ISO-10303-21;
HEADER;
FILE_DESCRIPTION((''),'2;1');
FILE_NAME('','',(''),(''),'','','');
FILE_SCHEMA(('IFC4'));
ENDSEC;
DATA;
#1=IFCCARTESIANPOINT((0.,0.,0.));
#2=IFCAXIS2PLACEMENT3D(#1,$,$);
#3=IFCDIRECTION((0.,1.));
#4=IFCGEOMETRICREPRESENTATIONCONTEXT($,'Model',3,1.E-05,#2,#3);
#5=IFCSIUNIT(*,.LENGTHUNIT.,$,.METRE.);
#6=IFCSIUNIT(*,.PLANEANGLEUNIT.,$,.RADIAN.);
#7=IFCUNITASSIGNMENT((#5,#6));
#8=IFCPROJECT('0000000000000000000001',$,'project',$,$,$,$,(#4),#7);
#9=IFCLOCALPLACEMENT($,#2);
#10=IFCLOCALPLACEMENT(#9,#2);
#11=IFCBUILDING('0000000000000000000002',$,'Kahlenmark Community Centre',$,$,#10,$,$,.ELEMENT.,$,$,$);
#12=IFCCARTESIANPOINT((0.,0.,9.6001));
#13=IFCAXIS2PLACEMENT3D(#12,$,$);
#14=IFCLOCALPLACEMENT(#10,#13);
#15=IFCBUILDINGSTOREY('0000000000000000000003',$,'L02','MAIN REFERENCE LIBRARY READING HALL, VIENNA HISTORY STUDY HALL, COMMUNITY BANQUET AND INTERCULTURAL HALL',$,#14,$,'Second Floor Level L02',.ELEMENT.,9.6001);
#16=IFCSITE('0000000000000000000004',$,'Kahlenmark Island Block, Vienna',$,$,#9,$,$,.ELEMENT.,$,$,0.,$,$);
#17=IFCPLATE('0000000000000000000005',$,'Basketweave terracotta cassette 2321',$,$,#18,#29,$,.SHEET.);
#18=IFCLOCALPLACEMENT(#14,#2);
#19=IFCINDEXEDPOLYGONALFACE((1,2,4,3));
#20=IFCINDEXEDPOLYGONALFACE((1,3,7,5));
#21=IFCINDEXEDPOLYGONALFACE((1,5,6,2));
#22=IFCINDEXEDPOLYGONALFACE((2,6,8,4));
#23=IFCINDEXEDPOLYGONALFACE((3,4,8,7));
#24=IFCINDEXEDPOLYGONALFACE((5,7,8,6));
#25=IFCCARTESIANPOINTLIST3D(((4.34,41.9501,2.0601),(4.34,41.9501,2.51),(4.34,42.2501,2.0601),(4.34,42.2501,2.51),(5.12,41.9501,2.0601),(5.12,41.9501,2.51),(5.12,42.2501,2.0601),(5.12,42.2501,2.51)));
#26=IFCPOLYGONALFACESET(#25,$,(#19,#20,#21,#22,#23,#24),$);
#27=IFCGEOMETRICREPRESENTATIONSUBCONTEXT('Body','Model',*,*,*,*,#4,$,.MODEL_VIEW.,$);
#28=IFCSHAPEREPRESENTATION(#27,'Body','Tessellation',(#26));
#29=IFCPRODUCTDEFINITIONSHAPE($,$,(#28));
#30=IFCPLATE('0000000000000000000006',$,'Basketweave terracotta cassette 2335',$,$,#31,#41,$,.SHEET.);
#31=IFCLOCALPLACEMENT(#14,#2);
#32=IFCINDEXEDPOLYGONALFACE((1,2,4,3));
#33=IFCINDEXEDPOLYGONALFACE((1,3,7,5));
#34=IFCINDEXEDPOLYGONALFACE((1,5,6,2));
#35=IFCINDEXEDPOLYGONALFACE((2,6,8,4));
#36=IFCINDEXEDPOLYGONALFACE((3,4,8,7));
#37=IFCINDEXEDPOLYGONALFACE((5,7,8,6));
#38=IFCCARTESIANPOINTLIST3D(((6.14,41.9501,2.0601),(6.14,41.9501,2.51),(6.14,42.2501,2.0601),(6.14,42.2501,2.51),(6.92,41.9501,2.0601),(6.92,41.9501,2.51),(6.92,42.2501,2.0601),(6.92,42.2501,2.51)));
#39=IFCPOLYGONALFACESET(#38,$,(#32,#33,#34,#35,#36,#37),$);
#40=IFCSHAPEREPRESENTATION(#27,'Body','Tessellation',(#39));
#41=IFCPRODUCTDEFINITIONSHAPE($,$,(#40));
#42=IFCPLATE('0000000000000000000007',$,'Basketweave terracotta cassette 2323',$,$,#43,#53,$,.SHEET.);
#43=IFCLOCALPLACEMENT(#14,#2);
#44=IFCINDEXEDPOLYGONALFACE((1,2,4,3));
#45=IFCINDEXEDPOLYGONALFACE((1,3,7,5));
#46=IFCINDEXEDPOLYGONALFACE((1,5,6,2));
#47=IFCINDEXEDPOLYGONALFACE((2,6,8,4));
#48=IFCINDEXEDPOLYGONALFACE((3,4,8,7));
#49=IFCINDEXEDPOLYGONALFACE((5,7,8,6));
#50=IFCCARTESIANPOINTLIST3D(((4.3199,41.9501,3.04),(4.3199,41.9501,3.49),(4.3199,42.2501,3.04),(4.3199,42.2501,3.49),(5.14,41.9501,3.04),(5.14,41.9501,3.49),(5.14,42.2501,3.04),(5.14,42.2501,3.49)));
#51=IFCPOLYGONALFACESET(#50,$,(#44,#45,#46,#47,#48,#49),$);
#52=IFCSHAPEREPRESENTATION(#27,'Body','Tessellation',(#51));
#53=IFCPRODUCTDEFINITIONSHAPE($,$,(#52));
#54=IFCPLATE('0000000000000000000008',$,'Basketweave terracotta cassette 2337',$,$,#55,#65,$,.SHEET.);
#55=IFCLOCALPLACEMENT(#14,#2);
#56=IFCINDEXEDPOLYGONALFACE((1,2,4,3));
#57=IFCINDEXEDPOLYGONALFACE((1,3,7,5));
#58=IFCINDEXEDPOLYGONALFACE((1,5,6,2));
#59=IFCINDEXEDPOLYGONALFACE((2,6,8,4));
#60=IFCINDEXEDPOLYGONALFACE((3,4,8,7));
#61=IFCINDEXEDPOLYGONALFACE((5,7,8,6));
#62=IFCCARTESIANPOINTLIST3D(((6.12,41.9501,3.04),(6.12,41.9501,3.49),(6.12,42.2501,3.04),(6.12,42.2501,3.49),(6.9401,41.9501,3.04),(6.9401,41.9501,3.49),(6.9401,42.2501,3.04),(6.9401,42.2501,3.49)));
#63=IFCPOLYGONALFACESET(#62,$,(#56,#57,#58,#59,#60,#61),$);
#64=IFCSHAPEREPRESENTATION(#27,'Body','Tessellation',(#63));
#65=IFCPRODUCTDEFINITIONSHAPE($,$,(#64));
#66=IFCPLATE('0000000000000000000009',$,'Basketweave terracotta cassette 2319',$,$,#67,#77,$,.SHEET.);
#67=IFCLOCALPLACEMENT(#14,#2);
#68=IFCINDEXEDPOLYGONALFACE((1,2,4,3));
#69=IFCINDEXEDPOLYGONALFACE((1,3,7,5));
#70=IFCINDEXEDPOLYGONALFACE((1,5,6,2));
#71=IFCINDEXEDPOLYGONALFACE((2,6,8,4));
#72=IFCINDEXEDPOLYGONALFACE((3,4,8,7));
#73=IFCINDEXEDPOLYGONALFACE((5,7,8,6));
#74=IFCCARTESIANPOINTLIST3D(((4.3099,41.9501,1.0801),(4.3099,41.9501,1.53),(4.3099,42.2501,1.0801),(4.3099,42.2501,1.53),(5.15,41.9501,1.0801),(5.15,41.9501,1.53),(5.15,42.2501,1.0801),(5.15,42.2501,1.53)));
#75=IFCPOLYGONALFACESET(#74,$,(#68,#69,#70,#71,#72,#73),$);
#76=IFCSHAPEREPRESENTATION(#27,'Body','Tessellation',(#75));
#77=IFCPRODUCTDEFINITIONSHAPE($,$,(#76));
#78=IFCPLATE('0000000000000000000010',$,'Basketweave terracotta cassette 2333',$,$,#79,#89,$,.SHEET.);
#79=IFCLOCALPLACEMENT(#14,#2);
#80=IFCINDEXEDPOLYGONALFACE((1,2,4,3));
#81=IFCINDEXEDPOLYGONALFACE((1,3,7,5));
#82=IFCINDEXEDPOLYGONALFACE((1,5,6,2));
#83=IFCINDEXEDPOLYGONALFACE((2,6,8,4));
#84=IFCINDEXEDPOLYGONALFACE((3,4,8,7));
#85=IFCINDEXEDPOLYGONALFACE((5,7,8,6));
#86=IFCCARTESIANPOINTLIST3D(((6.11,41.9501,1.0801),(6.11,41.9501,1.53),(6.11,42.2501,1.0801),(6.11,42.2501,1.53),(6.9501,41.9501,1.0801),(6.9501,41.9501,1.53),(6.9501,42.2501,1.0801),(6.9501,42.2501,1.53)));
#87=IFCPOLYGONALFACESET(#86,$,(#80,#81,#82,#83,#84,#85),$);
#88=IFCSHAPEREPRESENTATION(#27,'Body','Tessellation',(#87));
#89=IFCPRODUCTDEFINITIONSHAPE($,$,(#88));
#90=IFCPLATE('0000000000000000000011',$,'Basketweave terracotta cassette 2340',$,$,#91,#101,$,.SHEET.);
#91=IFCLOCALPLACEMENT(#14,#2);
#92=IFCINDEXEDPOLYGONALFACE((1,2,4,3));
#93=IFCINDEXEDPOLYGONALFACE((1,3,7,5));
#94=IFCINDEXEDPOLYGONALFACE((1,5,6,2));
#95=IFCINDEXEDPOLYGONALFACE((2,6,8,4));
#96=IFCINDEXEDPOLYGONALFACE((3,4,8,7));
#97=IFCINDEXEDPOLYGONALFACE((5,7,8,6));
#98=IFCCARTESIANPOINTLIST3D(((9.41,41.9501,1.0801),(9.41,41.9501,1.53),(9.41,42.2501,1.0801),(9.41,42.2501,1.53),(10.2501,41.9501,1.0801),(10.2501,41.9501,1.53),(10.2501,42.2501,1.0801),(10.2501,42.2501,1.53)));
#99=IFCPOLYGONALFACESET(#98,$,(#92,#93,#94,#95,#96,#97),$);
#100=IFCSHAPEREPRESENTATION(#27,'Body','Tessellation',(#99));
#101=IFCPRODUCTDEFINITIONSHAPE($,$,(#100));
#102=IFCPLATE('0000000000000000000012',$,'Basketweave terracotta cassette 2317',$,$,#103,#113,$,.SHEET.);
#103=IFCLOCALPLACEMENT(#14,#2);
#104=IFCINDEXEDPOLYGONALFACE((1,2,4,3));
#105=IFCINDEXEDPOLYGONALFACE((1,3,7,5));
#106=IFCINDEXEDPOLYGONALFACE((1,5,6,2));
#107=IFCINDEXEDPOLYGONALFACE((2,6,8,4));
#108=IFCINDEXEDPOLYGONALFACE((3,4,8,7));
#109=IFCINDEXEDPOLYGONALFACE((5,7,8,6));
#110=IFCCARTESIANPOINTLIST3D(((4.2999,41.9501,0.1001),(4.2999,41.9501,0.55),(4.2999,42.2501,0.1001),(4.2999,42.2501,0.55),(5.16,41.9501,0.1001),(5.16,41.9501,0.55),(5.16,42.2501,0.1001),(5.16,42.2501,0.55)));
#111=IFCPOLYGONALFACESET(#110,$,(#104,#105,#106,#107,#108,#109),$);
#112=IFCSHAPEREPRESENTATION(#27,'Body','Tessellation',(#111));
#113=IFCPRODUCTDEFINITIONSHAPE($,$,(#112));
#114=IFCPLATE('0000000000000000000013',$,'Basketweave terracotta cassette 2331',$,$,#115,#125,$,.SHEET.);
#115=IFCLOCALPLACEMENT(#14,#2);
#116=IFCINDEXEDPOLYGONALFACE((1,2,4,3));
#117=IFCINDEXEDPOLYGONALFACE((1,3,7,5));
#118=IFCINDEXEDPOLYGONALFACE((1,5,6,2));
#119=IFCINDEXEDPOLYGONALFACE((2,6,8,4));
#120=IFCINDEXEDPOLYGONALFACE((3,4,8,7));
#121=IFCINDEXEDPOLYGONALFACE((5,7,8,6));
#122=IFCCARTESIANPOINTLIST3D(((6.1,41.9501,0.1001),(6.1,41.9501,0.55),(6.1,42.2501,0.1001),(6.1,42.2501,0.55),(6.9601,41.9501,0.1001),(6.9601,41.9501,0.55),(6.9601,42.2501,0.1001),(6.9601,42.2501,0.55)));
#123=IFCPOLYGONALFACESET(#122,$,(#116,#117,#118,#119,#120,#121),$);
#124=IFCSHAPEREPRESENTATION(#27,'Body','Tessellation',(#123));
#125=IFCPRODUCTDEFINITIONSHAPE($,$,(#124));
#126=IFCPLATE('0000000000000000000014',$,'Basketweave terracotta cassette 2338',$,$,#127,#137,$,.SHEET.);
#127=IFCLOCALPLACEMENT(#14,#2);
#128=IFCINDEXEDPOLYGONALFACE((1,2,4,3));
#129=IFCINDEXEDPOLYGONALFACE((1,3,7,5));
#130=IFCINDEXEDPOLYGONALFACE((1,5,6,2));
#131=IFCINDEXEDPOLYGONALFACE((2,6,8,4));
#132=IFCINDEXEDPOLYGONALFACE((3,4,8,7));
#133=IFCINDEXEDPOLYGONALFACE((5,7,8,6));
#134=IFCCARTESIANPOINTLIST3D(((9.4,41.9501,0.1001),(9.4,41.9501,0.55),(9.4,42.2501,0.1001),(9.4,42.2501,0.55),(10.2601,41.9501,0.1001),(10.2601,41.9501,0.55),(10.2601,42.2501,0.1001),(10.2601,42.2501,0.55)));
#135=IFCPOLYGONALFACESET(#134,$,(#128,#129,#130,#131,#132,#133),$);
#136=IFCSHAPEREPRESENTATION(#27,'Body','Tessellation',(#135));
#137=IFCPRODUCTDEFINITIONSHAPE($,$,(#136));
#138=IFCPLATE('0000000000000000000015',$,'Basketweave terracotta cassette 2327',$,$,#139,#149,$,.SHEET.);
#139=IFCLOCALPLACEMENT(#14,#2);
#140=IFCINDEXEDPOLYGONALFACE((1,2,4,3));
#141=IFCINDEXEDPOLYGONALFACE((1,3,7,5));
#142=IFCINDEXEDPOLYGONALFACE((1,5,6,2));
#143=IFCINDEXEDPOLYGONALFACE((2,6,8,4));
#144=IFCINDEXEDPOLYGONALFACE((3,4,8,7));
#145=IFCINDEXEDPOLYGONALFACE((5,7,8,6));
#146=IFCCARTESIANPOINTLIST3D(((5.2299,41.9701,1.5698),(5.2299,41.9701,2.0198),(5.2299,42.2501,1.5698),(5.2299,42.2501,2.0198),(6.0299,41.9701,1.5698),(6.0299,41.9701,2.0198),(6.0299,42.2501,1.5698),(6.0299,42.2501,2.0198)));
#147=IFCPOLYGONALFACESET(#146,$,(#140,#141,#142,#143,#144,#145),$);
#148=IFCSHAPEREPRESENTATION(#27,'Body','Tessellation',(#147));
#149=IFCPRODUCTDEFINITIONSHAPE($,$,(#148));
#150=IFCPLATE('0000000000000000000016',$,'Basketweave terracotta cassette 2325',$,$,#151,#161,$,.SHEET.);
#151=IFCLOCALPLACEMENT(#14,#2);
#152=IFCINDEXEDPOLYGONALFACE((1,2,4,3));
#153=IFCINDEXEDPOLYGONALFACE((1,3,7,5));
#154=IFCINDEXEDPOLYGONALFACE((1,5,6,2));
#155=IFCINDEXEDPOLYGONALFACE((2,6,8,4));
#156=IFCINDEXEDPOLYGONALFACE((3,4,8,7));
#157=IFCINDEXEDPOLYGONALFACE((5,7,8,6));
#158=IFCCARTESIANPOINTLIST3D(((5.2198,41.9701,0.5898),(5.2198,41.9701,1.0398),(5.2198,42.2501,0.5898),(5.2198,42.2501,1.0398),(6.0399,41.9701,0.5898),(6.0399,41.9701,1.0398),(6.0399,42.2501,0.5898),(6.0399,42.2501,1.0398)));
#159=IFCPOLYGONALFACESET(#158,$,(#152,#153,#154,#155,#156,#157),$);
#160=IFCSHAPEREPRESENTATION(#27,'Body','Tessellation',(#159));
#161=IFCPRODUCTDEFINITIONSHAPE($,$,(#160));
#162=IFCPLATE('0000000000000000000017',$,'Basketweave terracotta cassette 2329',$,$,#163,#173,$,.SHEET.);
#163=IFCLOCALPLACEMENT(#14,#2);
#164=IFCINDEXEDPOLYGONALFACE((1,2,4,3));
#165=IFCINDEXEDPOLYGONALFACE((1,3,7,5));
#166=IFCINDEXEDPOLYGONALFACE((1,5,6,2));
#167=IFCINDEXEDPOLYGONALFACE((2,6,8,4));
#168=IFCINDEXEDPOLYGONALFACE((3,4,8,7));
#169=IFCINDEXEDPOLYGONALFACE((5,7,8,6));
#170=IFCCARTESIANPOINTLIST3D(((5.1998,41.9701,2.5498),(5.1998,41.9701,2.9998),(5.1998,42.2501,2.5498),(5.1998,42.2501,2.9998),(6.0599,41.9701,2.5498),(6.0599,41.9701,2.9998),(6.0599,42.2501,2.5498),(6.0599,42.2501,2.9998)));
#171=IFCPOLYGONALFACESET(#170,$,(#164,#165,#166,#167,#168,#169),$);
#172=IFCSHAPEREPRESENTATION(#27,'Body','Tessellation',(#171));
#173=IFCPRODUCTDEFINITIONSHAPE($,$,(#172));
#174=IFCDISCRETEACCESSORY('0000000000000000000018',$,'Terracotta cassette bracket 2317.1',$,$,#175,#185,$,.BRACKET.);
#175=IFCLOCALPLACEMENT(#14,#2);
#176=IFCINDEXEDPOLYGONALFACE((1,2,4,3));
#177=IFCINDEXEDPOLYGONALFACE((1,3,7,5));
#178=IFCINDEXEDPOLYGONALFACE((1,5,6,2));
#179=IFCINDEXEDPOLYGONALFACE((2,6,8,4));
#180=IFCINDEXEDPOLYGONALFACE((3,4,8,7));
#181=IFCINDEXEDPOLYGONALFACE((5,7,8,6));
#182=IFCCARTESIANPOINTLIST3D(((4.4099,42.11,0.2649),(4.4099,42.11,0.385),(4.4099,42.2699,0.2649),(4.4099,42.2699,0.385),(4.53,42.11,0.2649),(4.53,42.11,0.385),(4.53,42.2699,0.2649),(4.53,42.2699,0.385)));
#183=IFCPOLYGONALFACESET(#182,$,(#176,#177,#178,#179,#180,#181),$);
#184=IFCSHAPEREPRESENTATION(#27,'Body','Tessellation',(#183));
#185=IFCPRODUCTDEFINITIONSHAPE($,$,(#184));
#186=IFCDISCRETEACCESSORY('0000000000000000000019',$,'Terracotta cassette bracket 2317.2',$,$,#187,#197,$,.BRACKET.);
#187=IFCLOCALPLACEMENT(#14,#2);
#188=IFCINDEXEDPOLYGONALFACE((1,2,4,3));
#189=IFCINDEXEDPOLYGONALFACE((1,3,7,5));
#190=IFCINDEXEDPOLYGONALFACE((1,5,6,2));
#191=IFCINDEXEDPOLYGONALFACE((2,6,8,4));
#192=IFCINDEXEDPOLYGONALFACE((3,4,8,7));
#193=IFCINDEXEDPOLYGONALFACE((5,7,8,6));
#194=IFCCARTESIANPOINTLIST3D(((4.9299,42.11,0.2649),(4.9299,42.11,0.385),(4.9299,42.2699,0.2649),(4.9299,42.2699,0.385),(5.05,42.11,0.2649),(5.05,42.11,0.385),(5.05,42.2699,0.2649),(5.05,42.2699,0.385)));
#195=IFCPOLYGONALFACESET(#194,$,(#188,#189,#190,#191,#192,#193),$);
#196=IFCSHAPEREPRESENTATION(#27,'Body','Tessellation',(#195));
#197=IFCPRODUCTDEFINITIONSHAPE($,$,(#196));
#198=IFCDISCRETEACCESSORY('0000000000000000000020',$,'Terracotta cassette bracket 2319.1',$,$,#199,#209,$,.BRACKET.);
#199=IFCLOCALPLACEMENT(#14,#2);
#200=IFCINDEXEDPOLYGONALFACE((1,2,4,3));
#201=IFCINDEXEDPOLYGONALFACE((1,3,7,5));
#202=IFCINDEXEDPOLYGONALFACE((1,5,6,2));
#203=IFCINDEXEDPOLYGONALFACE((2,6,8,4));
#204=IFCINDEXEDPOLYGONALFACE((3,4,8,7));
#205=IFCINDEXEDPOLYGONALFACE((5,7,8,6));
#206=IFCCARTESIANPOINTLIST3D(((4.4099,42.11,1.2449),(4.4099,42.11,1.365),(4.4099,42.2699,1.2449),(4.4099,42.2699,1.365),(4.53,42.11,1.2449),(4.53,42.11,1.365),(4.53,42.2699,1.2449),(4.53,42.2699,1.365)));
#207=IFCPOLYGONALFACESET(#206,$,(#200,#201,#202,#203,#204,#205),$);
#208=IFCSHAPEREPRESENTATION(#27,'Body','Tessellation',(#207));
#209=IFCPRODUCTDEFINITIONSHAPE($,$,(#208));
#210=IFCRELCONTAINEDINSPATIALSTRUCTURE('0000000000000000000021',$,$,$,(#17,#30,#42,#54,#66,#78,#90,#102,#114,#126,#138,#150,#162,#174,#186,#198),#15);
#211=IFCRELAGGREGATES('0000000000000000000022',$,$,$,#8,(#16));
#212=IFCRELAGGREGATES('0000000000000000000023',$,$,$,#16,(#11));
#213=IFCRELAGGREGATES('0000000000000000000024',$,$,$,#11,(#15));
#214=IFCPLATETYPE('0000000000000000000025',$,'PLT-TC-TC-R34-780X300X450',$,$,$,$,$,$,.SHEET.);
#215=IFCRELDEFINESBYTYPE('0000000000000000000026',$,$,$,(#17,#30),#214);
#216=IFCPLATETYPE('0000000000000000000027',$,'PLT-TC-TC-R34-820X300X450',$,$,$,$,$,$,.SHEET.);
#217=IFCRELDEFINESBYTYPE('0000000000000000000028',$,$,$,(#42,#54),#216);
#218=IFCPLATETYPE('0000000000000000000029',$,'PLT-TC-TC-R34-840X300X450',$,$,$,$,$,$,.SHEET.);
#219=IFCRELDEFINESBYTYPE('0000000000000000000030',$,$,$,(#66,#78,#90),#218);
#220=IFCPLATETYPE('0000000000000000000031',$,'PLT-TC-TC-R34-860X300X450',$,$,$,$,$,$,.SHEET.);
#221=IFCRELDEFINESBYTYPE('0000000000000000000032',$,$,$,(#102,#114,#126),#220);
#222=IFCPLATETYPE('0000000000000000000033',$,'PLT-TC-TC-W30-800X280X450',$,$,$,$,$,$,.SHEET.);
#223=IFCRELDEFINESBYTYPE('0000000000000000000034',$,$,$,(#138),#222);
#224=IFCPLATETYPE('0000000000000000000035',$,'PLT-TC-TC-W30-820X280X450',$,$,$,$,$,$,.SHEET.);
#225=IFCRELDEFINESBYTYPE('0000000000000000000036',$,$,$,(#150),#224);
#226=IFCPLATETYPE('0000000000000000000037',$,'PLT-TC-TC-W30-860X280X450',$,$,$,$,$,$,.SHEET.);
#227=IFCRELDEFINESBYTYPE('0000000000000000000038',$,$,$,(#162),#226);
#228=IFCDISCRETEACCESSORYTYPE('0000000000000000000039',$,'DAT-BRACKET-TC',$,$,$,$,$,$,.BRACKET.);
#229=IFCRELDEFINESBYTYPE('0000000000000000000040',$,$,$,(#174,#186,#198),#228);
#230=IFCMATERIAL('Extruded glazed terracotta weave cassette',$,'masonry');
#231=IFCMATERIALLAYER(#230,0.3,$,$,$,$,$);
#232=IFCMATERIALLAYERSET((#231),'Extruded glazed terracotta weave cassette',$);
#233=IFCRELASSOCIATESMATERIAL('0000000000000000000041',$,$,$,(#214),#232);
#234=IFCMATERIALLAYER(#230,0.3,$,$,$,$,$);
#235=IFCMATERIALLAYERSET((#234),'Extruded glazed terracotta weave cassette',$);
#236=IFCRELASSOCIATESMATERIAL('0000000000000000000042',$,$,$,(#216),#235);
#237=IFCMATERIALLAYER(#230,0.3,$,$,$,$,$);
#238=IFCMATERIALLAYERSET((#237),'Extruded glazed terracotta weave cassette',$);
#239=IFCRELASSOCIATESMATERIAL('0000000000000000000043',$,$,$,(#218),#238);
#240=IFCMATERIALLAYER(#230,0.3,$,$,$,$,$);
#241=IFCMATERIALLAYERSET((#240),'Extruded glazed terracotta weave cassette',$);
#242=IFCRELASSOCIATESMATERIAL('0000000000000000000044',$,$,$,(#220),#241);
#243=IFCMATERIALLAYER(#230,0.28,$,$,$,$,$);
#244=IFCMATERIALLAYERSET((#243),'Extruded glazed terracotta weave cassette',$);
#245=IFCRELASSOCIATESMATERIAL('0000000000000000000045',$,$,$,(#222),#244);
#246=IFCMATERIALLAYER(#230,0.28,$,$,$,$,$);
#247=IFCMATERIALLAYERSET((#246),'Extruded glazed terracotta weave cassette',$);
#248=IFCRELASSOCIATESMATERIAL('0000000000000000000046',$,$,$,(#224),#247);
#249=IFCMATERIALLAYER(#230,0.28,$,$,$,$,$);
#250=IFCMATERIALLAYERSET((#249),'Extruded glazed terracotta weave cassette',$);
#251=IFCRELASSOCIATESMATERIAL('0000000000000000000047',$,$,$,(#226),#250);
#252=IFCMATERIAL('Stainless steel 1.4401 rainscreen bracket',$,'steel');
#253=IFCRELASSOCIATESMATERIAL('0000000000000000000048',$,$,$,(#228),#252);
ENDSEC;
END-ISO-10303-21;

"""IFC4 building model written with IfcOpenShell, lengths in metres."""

from ifc_helpers import new_model, si_unit, direction, frame, origin, origin_2d, place, context, subcontext, project, spatial, rectangle, extrude, material, layer, layer_set, type_object, element, save


model = new_model("IFC4")

# Units and contexts
model_context = context("Model", 3, precision=1e-05, world=origin(), true_north=direction((0.0, 1.0)))
body_context = subcontext(model_context, "Body", "Model", "MODEL_VIEW")
ifc_project = project(units=[si_unit("LENGTHUNIT", "METRE"), si_unit("PLANEANGLEUNIT", "RADIAN")], contexts=[model_context])

# Site, building, storey
site_placement = place(None, origin())
site = spatial("IfcSite", under=ifc_project, at=site_placement, Name="Kahlenmark Island Block, Vienna", CompositionType="ELEMENT", RefElevation=0.0)
building_placement = place(site_placement, origin())
building = spatial("IfcBuilding", under=site, at=building_placement, Name="Kahlenmark Community Centre", CompositionType="ELEMENT")
storey_placement = place(building_placement, frame((0.0, 0.0, 9.6001)))
storey = spatial("IfcBuildingStorey", under=building, at=storey_placement, Name="L02", Description="MAIN REFERENCE LIBRARY READING HALL, VIENNA HISTORY STUDY HALL, COMMUNITY BANQUET AND INTERCULTURAL HALL", LongName="Second Floor Level L02", CompositionType="ELEMENT", Elevation=9.6001)

# Plates
ifc_material_1 = material(Name="Extruded glazed terracotta weave cassette", Category="masonry")
ifc_layer_1 = layer(ifc_material_1, 0.3)
ifc_layer_set_1 = layer_set([ifc_layer_1], Name="Extruded glazed terracotta weave cassette")
plate_type_1 = type_object("IfcPlateType", Name="PLT-TC-TC-R34-780X300X450", PredefinedType="SHEET", material=ifc_layer_set_1)
for number, where, z_axis, x_axis, name in (
    (1, (4.73, 42.1001, 2.0601), (0.0, 0.0, 1.0), (1.0, 0.0, 0.0), "Basketweave terracotta cassette 2321"),
    (2, (6.53, 42.1001, 2.0601), (0.0, 0.0, 1.0), (1.0, 0.0, 0.0), "Basketweave terracotta cassette 2335"),
):
    element("IfcPlate", number, at=place(storey_placement, frame(where, z_axis=z_axis, x_axis=x_axis)), inside=storey, type_object=plate_type_1, Name=name, PredefinedType="SHEET", context=body_context, shape_type="SweptSolid", body=[
        extrude(rectangle(XDim=0.78, YDim=0.3, at=origin_2d()), origin(), (0.0, 0.0, 1.0), 0.45),
    ])
ifc_layer_2 = layer(ifc_material_1, 0.3)
ifc_layer_set_2 = layer_set([ifc_layer_2], Name="Extruded glazed terracotta weave cassette")
plate_type_2 = type_object("IfcPlateType", Name="PLT-TC-TC-R34-820X300X450", PredefinedType="SHEET", material=ifc_layer_set_2)
for number, where, z_axis, x_axis, name in (
    (3, (4.73, 42.1001, 3.04), (0.0, 0.0, 1.0), (1.0, 0.0, 0.0), "Basketweave terracotta cassette 2323"),
    (4, (6.53, 42.1001, 3.04), (0.0, 0.0, 1.0), (1.0, 0.0, 0.0), "Basketweave terracotta cassette 2337"),
):
    element("IfcPlate", number, at=place(storey_placement, frame(where, z_axis=z_axis, x_axis=x_axis)), inside=storey, type_object=plate_type_2, Name=name, PredefinedType="SHEET", context=body_context, shape_type="SweptSolid", body=[
        extrude(rectangle(XDim=0.8201, YDim=0.3, at=origin_2d()), origin(), (0.0, 0.0, 1.0), 0.45),
    ])
ifc_layer_3 = layer(ifc_material_1, 0.3)
ifc_layer_set_3 = layer_set([ifc_layer_3], Name="Extruded glazed terracotta weave cassette")
plate_type_3 = type_object("IfcPlateType", Name="PLT-TC-TC-R34-840X300X450", PredefinedType="SHEET", material=ifc_layer_set_3)
for number, where, z_axis, x_axis, name in (
    (5, (4.73, 42.1001, 1.0801), (0.0, 0.0, 1.0), (1.0, 0.0, 0.0), "Basketweave terracotta cassette 2319"),
    (6, (6.53, 42.1001, 1.0801), (0.0, 0.0, 1.0), (1.0, 0.0, 0.0), "Basketweave terracotta cassette 2333"),
    (7, (9.8301, 42.1001, 1.0801), (0.0, 0.0, 1.0), (1.0, 0.0, 0.0), "Basketweave terracotta cassette 2340"),
):
    element("IfcPlate", number, at=place(storey_placement, frame(where, z_axis=z_axis, x_axis=x_axis)), inside=storey, type_object=plate_type_3, Name=name, PredefinedType="SHEET", context=body_context, shape_type="SweptSolid", body=[
        extrude(rectangle(XDim=0.8401, YDim=0.3, at=origin_2d()), origin(), (0.0, 0.0, 1.0), 0.45),
    ])
ifc_layer_4 = layer(ifc_material_1, 0.3)
ifc_layer_set_4 = layer_set([ifc_layer_4], Name="Extruded glazed terracotta weave cassette")
plate_type_4 = type_object("IfcPlateType", Name="PLT-TC-TC-R34-860X300X450", PredefinedType="SHEET", material=ifc_layer_set_4)
for number, where, z_axis, x_axis, name in (
    (8, (4.73, 42.1001, 0.1001), (0.0, 0.0, 1.0), (1.0, 0.0, 0.0), "Basketweave terracotta cassette 2317"),
    (9, (6.53, 42.1001, 0.1001), (0.0, 0.0, 1.0), (1.0, 0.0, 0.0), "Basketweave terracotta cassette 2331"),
    (10, (9.8301, 42.1001, 0.1001), (0.0, 0.0, 1.0), (1.0, 0.0, 0.0), "Basketweave terracotta cassette 2338"),
):
    element("IfcPlate", number, at=place(storey_placement, frame(where, z_axis=z_axis, x_axis=x_axis)), inside=storey, type_object=plate_type_4, Name=name, PredefinedType="SHEET", context=body_context, shape_type="SweptSolid", body=[
        extrude(rectangle(XDim=0.8601, YDim=0.3, at=origin_2d()), origin(), (0.0, 0.0, 1.0), 0.45),
    ])
ifc_layer_5 = layer(ifc_material_1, 0.28)
ifc_layer_set_5 = layer_set([ifc_layer_5], Name="Extruded glazed terracotta weave cassette")
plate_type_5 = type_object("IfcPlateType", Name="PLT-TC-TC-W30-800X280X450", PredefinedType="SHEET", material=ifc_layer_set_5)
plate_1_placement = place(storey_placement, frame((5.6299, 42.1101, 1.5698), z_axis=(0.0, 0.0, 1.0), x_axis=(1.0, 0.0, 0.0)))
element("IfcPlate", 11, at=plate_1_placement, inside=storey, type_object=plate_type_5, Name="Basketweave terracotta cassette 2327", PredefinedType="SHEET", context=body_context, shape_type="SweptSolid", body=[
    extrude(rectangle(XDim=0.8, YDim=0.28, at=origin_2d()), origin(), (0.0, 0.0, 1.0), 0.45),
])
ifc_layer_6 = layer(ifc_material_1, 0.28)
ifc_layer_set_6 = layer_set([ifc_layer_6], Name="Extruded glazed terracotta weave cassette")
plate_type_6 = type_object("IfcPlateType", Name="PLT-TC-TC-W30-820X280X450", PredefinedType="SHEET", material=ifc_layer_set_6)
plate_2_placement = place(storey_placement, frame((5.6299, 42.1101, 0.5898), z_axis=(0.0, 0.0, 1.0), x_axis=(1.0, 0.0, 0.0)))
element("IfcPlate", 12, at=plate_2_placement, inside=storey, type_object=plate_type_6, Name="Basketweave terracotta cassette 2325", PredefinedType="SHEET", context=body_context, shape_type="SweptSolid", body=[
    extrude(rectangle(XDim=0.8201, YDim=0.28, at=origin_2d()), origin(), (0.0, 0.0, 1.0), 0.45),
])
ifc_layer_7 = layer(ifc_material_1, 0.28)
ifc_layer_set_7 = layer_set([ifc_layer_7], Name="Extruded glazed terracotta weave cassette")
plate_type_7 = type_object("IfcPlateType", Name="PLT-TC-TC-W30-860X280X450", PredefinedType="SHEET", material=ifc_layer_set_7)
plate_3_placement = place(storey_placement, frame((5.6299, 42.1101, 2.5498), z_axis=(0.0, 0.0, 1.0), x_axis=(1.0, 0.0, 0.0)))
element("IfcPlate", 13, at=plate_3_placement, inside=storey, type_object=plate_type_7, Name="Basketweave terracotta cassette 2329", PredefinedType="SHEET", context=body_context, shape_type="SweptSolid", body=[
    extrude(rectangle(XDim=0.8601, YDim=0.28, at=origin_2d()), origin(), (0.0, 0.0, 1.0), 0.45),
])

# Discrete accessories
ifc_material_2 = material(Name="Stainless steel 1.4401 rainscreen bracket", Category="steel")
discrete_accessory_type = type_object("IfcDiscreteAccessoryType", Name="DAT-BRACKET-TC", PredefinedType="BRACKET", material=ifc_material_2)
for number, where, z_axis, x_axis, name in (
    (14, (4.47, 42.1899, 0.2649), (0.0, 0.0, 1.0), (1.0, 0.0, 0.0), "Terracotta cassette bracket 2317.1"),
    (15, (4.99, 42.1899, 0.2649), (0.0, 0.0, 1.0), (1.0, 0.0, 0.0), "Terracotta cassette bracket 2317.2"),
    (16, (4.47, 42.1899, 1.2449), (0.0, 0.0, 1.0), (1.0, 0.0, 0.0), "Terracotta cassette bracket 2319.1"),
):
    element("IfcDiscreteAccessory", number, at=place(storey_placement, frame(where, z_axis=z_axis, x_axis=x_axis)), inside=storey, type_object=discrete_accessory_type, Name=name, PredefinedType="BRACKET", context=body_context, shape_type="SweptSolid", body=[
        extrude(rectangle(XDim=0.1201, YDim=0.1599, at=origin_2d()), origin(), (0.0, 0.0, 1.0), 0.1201),
    ])

save(model, "model.ifc")
